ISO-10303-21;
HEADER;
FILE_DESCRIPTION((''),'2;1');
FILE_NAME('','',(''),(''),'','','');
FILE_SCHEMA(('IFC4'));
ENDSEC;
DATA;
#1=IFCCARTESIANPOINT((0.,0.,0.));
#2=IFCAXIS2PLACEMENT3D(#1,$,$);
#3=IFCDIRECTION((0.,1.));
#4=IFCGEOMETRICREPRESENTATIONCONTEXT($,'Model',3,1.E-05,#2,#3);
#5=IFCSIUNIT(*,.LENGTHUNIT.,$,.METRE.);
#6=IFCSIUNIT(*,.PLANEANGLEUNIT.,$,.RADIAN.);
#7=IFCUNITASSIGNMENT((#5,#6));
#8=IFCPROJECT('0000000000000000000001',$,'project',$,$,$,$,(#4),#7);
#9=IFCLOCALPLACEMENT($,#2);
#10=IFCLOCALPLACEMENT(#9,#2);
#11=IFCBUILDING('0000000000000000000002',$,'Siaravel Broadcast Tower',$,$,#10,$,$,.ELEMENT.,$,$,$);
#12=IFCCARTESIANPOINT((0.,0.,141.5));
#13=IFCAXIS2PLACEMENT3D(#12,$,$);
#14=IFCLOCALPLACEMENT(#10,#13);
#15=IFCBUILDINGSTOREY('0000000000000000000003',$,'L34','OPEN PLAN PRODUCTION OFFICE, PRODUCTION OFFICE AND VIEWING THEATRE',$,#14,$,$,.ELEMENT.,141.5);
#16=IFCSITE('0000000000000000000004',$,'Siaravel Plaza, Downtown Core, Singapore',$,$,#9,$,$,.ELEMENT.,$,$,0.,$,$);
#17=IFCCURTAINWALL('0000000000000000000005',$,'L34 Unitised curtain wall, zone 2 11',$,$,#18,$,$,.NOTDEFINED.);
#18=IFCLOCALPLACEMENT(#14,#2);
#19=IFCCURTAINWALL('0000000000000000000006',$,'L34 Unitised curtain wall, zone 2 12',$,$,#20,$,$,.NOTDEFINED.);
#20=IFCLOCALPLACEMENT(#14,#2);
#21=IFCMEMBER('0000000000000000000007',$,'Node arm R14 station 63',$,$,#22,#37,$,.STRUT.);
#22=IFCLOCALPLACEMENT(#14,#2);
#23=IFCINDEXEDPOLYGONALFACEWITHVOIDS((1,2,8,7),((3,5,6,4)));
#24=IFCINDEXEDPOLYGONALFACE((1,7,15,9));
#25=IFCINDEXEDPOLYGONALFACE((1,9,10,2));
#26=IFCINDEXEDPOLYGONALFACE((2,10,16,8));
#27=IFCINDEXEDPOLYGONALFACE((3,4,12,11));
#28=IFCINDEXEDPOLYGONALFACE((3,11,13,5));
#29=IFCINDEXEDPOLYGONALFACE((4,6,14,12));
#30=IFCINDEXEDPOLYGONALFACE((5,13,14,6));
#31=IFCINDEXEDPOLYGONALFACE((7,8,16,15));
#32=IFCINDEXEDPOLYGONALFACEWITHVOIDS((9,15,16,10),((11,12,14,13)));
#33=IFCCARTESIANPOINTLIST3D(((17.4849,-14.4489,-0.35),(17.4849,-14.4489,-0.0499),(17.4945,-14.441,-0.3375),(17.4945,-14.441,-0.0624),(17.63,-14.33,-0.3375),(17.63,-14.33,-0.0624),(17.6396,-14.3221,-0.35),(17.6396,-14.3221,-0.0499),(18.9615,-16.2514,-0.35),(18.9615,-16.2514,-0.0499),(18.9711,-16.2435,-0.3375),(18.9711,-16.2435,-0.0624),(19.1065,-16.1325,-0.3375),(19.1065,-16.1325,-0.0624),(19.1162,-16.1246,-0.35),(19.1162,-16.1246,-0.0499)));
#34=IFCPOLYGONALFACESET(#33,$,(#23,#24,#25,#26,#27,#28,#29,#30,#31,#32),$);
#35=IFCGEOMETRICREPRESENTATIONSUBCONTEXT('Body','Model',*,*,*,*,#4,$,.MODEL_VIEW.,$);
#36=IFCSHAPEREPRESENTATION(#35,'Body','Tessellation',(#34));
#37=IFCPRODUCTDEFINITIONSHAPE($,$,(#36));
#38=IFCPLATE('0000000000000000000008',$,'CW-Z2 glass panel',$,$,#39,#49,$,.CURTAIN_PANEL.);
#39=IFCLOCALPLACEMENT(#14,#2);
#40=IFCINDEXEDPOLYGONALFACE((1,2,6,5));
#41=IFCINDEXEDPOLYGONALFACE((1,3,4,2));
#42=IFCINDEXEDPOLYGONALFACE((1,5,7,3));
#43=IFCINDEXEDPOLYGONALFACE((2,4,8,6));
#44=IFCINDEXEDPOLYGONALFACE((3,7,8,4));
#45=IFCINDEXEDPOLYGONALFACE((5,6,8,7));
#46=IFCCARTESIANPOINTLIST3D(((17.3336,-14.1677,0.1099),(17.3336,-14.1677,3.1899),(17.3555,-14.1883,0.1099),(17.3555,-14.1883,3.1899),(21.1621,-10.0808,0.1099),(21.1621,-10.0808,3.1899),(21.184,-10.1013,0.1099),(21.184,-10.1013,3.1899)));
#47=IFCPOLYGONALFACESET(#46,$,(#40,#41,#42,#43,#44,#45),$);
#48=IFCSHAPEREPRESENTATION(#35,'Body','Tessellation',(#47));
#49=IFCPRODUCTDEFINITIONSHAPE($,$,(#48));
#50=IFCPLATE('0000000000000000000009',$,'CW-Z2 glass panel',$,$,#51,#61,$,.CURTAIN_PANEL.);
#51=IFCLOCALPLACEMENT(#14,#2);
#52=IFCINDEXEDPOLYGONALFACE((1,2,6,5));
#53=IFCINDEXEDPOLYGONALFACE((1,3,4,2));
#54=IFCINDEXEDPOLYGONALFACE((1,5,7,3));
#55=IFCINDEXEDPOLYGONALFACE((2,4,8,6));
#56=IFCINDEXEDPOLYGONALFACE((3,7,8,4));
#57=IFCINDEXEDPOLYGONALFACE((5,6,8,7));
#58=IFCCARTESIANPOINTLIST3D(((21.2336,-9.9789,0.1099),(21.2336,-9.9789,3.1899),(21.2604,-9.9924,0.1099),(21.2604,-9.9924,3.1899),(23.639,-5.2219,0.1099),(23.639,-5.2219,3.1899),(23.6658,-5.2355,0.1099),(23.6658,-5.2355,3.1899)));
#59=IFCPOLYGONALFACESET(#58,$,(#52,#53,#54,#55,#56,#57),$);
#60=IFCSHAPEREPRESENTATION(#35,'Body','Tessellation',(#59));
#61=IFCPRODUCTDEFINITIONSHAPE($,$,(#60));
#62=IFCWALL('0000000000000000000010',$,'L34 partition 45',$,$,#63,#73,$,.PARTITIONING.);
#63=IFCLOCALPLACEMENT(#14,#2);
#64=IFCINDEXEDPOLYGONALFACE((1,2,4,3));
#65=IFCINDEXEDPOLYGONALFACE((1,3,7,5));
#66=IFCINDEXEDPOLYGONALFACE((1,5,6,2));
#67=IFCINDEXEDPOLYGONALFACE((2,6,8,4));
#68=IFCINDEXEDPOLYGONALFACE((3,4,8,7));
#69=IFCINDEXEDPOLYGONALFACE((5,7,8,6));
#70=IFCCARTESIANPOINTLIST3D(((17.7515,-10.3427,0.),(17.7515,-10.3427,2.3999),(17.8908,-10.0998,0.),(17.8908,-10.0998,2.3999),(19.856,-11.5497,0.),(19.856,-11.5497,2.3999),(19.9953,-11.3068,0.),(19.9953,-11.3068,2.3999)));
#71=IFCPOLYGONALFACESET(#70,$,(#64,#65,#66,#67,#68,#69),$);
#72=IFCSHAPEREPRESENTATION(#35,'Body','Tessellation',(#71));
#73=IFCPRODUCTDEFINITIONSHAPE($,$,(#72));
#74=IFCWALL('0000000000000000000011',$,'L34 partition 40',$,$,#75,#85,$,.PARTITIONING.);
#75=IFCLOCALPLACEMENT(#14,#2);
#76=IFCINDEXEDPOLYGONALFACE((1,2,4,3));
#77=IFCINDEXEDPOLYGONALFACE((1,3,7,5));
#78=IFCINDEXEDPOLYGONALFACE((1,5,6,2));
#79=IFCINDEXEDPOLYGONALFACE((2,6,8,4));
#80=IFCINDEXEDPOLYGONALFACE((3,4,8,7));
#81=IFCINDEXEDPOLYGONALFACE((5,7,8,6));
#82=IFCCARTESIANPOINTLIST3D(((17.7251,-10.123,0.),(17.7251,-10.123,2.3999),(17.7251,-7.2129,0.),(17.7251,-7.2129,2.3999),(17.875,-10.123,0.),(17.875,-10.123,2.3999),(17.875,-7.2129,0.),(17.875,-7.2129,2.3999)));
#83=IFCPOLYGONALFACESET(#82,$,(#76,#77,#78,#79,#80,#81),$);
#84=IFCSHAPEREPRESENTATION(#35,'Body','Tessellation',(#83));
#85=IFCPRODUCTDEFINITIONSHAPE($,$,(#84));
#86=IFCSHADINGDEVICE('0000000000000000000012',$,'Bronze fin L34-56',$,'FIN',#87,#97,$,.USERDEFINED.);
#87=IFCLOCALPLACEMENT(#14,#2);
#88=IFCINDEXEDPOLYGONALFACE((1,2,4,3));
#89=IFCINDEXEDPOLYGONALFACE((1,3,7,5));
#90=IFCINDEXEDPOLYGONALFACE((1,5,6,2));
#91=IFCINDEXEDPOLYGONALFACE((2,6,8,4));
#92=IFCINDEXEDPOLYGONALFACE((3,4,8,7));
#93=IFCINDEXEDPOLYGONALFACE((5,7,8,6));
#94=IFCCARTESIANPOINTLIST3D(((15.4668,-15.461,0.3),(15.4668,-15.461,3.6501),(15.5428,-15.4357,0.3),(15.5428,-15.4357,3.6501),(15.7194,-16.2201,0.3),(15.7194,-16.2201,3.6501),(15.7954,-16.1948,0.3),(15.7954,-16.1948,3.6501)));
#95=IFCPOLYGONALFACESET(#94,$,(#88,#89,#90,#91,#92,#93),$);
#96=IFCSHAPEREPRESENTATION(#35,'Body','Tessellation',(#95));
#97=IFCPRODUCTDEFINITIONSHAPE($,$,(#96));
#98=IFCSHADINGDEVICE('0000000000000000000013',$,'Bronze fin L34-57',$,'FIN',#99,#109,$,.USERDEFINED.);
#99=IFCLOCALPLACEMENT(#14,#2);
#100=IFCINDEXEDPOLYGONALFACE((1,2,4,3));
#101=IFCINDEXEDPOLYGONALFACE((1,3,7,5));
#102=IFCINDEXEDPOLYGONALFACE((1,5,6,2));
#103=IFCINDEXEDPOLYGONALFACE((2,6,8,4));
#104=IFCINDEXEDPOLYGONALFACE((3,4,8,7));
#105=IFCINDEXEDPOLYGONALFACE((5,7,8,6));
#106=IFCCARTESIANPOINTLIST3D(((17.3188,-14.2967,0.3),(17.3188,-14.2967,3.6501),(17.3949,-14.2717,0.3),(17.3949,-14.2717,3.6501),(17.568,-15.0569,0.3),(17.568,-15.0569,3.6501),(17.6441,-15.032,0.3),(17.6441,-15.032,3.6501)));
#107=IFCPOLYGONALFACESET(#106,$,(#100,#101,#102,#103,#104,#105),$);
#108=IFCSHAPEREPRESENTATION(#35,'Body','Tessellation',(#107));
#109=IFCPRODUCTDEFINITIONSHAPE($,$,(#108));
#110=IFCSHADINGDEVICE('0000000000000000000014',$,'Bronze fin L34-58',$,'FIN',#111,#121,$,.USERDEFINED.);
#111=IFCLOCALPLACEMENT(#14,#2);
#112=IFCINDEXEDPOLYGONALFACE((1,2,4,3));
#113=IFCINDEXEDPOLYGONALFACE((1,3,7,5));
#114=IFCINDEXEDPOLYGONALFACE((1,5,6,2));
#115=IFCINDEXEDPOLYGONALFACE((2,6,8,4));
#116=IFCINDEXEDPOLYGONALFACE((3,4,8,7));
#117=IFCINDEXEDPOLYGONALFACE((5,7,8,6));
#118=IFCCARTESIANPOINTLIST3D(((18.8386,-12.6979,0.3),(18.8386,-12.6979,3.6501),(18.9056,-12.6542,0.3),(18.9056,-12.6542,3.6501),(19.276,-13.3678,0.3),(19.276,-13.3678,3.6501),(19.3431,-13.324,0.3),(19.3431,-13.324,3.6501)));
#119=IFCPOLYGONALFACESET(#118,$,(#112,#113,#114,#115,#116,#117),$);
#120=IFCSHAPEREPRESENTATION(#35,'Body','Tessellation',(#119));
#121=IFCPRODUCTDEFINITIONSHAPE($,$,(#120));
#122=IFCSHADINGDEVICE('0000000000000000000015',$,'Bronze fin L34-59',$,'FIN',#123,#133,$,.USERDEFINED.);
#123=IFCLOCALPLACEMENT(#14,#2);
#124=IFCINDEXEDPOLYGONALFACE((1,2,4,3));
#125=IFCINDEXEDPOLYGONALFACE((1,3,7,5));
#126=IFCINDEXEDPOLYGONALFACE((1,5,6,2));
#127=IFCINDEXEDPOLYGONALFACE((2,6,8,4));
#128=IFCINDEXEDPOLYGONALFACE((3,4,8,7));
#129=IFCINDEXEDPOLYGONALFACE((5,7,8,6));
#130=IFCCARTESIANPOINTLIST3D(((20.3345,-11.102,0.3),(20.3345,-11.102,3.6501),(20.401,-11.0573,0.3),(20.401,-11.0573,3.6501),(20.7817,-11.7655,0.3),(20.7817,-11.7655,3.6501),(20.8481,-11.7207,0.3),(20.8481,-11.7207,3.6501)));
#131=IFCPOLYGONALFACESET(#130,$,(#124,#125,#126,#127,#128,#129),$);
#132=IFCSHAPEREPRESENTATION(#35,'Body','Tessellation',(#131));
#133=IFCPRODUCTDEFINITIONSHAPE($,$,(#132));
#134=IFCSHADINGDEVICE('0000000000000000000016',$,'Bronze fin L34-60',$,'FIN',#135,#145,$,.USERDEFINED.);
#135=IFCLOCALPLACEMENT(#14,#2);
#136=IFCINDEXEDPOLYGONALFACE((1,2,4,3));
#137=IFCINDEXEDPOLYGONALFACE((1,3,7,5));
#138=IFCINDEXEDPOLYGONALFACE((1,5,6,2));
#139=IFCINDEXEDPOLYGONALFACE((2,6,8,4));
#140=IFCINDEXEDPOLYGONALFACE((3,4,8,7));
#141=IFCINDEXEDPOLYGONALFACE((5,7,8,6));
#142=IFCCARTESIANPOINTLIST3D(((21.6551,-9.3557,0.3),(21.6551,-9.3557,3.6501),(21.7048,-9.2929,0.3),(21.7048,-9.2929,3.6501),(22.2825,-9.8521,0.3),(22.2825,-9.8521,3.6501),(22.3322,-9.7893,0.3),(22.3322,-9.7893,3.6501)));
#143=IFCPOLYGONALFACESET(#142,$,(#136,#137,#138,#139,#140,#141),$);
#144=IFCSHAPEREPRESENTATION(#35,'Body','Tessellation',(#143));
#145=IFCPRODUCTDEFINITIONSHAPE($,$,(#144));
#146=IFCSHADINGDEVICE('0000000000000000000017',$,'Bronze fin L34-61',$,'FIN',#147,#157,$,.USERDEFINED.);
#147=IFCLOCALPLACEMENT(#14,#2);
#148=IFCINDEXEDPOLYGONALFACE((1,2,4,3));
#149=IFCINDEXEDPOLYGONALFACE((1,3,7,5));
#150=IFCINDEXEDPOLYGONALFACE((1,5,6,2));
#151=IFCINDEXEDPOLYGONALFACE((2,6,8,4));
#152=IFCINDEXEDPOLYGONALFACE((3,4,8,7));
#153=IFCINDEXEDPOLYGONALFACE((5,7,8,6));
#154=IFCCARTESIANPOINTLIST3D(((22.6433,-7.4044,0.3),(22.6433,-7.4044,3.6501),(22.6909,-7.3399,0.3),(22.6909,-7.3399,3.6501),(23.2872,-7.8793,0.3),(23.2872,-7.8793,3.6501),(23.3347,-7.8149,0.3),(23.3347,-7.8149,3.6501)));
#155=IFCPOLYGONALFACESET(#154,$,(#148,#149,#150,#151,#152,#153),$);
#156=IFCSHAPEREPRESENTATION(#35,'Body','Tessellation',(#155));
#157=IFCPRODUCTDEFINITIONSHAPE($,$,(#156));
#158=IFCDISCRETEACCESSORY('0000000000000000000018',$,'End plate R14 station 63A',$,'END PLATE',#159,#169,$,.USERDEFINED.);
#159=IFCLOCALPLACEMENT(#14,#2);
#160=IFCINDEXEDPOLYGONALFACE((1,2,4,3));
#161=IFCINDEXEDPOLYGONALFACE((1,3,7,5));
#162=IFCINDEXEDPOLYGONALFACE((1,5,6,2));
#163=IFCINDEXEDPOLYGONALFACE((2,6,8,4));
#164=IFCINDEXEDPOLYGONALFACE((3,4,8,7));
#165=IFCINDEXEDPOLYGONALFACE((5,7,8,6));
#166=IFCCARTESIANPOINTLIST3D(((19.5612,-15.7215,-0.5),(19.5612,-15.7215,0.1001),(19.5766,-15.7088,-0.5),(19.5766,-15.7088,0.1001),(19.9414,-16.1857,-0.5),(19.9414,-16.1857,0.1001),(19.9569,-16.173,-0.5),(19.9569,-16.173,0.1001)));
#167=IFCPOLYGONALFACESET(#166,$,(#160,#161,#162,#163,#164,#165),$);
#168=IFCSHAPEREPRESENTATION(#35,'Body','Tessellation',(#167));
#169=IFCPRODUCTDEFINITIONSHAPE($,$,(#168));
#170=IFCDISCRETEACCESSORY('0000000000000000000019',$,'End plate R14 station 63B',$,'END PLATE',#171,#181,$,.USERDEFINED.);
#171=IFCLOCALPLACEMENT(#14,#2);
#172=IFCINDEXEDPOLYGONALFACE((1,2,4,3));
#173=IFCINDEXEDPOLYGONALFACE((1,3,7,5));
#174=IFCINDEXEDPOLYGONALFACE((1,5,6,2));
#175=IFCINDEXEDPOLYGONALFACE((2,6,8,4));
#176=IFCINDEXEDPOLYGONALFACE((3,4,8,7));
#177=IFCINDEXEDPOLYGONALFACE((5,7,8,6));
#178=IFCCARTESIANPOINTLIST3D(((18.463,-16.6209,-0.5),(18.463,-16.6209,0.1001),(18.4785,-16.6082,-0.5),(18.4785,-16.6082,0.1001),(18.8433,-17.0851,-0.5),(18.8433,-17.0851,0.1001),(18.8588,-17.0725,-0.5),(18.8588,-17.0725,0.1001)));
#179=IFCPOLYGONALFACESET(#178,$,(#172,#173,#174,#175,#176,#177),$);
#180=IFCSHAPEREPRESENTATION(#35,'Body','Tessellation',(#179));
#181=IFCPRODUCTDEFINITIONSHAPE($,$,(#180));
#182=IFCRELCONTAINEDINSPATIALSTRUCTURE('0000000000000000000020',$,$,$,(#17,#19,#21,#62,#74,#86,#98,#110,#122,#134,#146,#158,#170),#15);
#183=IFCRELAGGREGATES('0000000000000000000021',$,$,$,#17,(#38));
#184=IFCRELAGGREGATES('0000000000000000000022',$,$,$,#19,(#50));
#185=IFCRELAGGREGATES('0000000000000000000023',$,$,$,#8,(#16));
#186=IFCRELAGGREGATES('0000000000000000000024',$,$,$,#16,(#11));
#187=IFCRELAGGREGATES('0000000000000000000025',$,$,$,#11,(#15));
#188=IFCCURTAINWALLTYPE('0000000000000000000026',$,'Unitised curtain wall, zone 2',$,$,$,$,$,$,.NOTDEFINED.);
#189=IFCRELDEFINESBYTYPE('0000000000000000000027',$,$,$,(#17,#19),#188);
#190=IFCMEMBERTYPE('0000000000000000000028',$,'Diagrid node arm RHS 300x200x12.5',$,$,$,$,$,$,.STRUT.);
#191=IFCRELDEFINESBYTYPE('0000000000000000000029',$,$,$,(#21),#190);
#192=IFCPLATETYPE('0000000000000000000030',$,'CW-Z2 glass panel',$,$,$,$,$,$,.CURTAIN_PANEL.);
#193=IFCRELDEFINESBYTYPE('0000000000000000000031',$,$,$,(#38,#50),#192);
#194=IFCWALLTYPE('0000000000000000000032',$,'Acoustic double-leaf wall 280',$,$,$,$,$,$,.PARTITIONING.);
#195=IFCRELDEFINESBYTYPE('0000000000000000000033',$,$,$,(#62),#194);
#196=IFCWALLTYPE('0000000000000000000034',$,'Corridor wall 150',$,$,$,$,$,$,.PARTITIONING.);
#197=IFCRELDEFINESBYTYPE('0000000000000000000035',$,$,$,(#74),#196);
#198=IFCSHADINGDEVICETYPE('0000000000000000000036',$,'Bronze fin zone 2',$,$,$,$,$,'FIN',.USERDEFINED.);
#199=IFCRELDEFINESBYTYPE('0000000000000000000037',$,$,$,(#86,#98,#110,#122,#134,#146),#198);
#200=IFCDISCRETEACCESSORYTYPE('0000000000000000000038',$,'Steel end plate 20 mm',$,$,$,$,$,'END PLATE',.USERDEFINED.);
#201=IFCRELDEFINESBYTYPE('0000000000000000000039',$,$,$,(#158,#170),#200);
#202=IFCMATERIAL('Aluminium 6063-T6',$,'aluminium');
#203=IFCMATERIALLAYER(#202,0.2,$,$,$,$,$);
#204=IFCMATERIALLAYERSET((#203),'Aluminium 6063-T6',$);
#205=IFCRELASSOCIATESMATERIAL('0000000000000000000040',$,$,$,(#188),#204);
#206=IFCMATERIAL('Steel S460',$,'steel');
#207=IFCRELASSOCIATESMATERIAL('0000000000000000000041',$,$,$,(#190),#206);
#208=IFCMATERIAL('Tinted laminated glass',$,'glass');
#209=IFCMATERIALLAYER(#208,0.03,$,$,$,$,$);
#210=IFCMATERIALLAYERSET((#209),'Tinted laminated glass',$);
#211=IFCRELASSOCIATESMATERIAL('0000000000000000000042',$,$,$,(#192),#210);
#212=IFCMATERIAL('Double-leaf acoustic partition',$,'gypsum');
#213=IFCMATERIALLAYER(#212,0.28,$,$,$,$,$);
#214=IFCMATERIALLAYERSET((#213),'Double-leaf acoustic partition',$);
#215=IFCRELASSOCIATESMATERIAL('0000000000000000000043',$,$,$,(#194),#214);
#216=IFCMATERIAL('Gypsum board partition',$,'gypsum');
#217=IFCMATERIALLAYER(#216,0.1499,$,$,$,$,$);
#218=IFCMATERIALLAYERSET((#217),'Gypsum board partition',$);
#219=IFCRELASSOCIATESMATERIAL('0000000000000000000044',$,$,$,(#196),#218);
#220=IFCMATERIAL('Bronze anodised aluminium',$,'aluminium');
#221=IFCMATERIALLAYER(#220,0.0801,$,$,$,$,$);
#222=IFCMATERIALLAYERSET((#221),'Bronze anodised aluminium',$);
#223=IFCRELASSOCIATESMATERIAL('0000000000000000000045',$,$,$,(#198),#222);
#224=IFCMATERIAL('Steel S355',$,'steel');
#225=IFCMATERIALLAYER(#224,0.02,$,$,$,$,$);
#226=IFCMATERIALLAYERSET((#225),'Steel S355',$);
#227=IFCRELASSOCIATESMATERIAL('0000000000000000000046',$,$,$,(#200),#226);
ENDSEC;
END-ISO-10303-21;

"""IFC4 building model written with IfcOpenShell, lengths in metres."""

from ifc_helpers import new_model, si_unit, direction, frame, frame_2d, origin, origin_2d, place, context, subcontext, project, spatial, rectangle, hollow_rectangle, extrude, material, layer, layer_set, material_profile, profile_set, type_object, element, aggregate, save


model = new_model("IFC4")

# Units and contexts
model_context = context("Model", 3, precision=1e-05, world=origin(), true_north=direction((0.0, 1.0)))
body_context = subcontext(model_context, "Body", "Model", "MODEL_VIEW")
ifc_project = project(units=[si_unit("LENGTHUNIT", "METRE"), si_unit("PLANEANGLEUNIT", "RADIAN")], contexts=[model_context])

# Site, building, storey
site_placement = place(None, origin())
site = spatial("IfcSite", under=ifc_project, at=site_placement, Name="Siaravel Plaza, Downtown Core, Singapore", CompositionType="ELEMENT", RefElevation=0.0)
building_placement = place(site_placement, origin())
building = spatial("IfcBuilding", under=site, at=building_placement, Name="Siaravel Broadcast Tower", CompositionType="ELEMENT")
storey_placement = place(building_placement, frame((0.0, 0.0, 141.5)))
storey = spatial("IfcBuildingStorey", under=building, at=storey_placement, Name="L34", Description="OPEN PLAN PRODUCTION OFFICE, PRODUCTION OFFICE AND VIEWING THEATRE", CompositionType="ELEMENT", Elevation=141.5)

# Shared definitions
ifc_material_1 = material(Name="Steel S355", Category="steel")

# Curtain wall
ifc_material_2 = material(Name="Aluminium 6063-T6", Category="aluminium")
ifc_layer_1 = layer(ifc_material_2, 0.2)
ifc_layer_set_1 = layer_set([ifc_layer_1], Name="Aluminium 6063-T6")
curtain_wall_type = type_object("IfcCurtainWallType", Name="Unitised curtain wall, zone 2", PredefinedType="NOTDEFINED", material=ifc_layer_set_1)
curtain_wall_1_placement = place(storey_placement, origin())
curtain_wall_1 = element("IfcCurtainWall", 1, at=curtain_wall_1_placement, inside=storey, type_object=curtain_wall_type, Name="L34 Unitised curtain wall, zone 2 11", PredefinedType="NOTDEFINED")

# Curtain wall
curtain_wall_2_placement = place(storey_placement, origin())
curtain_wall_2 = element("IfcCurtainWall", 2, at=curtain_wall_2_placement, inside=storey, type_object=curtain_wall_type, Name="L34 Unitised curtain wall, zone 2 12", PredefinedType="NOTDEFINED")

# Member
ifc_material_3 = material(Name="Steel S460", Category="steel")
ifc_material_profile_1 = material_profile(ifc_material_3, hollow_rectangle(XDim=0.2, YDim=0.3, WallThickness=0.0125, at=origin_2d()))
ifc_profile_set_1 = profile_set([ifc_material_profile_1], Name="Steel S460")
member_type_1 = type_object("IfcMemberType", Name="Diagrid node arm RHS 300x200x12.5", PredefinedType="STRUT", material=ifc_profile_set_1)
member_1_placement = place(storey_placement, frame((17.5623, -14.3855, -0.2), z_axis=(0.6337, -0.773579, 0.0), x_axis=(0.773579, 0.6337, 0.0)))
element("IfcMember", 3, at=member_1_placement, inside=storey, type_object=member_type_1, Name="Node arm R14 station 63", PredefinedType="STRUT", context=body_context, shape_type="SweptSolid", body=[
    extrude(hollow_rectangle(XDim=0.2, YDim=0.3, WallThickness=0.0125, at=origin_2d()), origin(), (0.0, 0.0, 1.0), 2.3301),
])

# Plates
ifc_material_4 = material(Name="Tinted laminated glass", Category="glass")
ifc_layer_2 = layer(ifc_material_4, 0.03)
ifc_layer_set_2 = layer_set([ifc_layer_2], Name="Tinted laminated glass")
plate_type = type_object("IfcPlateType", Name="CW-Z2 glass panel", PredefinedType="CURTAIN_PANEL", material=ifc_layer_set_2)
plate_1_placement = place(storey_placement, frame((19.2588, -12.1345, 0.1099), z_axis=(0.0, 0.0, 1.0), x_axis=(0.683655, 0.729806, 0.0)))
plate_1 = element("IfcPlate", 4, at=plate_1_placement, type_object=plate_type, Name="CW-Z2 glass panel", PredefinedType="CURTAIN_PANEL", context=body_context, shape_type="SweptSolid", body=[
    extrude(rectangle(XDim=5.6001, YDim=0.03, at=origin_2d()), origin(), (0.0, 0.0, 1.0), 3.0801),
])
aggregate(curtain_wall_1, [plate_1])
plate_2_placement = place(storey_placement, frame((22.4497, -7.6072, 0.1099), z_axis=(0.0, 0.0, 1.0), x_axis=(0.45126, 0.892392, 0.0)))
plate_2 = element("IfcPlate", 5, at=plate_2_placement, type_object=plate_type, Name="CW-Z2 glass panel", PredefinedType="CURTAIN_PANEL", context=body_context, shape_type="SweptSolid", body=[
    extrude(rectangle(XDim=5.3306, YDim=0.03, at=origin_2d()), origin(), (0.0, 0.0, 1.0), 3.0801),
])
aggregate(curtain_wall_2, [plate_2])

# Walls
ifc_material_5 = material(Name="Double-leaf acoustic partition", Category="gypsum")
ifc_layer_3 = layer(ifc_material_5, 0.28)
ifc_layer_set_3 = layer_set([ifc_layer_3], Name="Double-leaf acoustic partition")
wall_type_1 = type_object("IfcWallType", Name="Acoustic double-leaf wall 280", PredefinedType="PARTITIONING", material=ifc_layer_set_3)
wall_1_placement = place(storey_placement, frame((19.9255, -11.4282, 0.0), z_axis=(0.0, 0.0, 1.0), x_axis=(-0.867449, 0.497525, 0.0)))
element("IfcWall", 6, at=wall_1_placement, inside=storey, type_object=wall_type_1, Name="L34 partition 45", PredefinedType="PARTITIONING", context=body_context, shape_type="SweptSolid", body=[
    extrude(rectangle(XDim=2.426, YDim=0.28, at=frame_2d((1.2129, 0.0))), origin(), (0.0, 0.0, 1.0), 2.3999),
])
ifc_material_6 = material(Name="Gypsum board partition", Category="gypsum")
ifc_layer_4 = layer(ifc_material_6, 0.1499)
ifc_layer_set_4 = layer_set([ifc_layer_4], Name="Gypsum board partition")
wall_type_2 = type_object("IfcWallType", Name="Corridor wall 150", PredefinedType="PARTITIONING", material=ifc_layer_set_4)
wall_2_placement = place(storey_placement, frame((17.8, -10.123, 0.0), z_axis=(0.0, 0.0, 1.0), x_axis=(0.0, 1.0, 0.0)))
element("IfcWall", 7, at=wall_2_placement, inside=storey, type_object=wall_type_2, Name="L34 partition 40", PredefinedType="PARTITIONING", context=body_context, shape_type="SweptSolid", body=[
    extrude(rectangle(XDim=2.9102, YDim=0.1499, at=frame_2d((1.4551, 0.0))), origin(), (0.0, 0.0, 1.0), 2.3999),
])

# Shading devices
ifc_material_7 = material(Name="Bronze anodised aluminium", Category="aluminium")
ifc_layer_5 = layer(ifc_material_7, 0.0801)
ifc_layer_set_5 = layer_set([ifc_layer_5], Name="Bronze anodised aluminium")
shading_device_type = type_object("IfcShadingDeviceType", Name="Bronze fin zone 2", ElementType="FIN", PredefinedType="USERDEFINED", material=ifc_layer_set_5)
for number, where, z_axis, x_axis, name in (
    (8, (15.6311, -15.8279, 0.3), (0.0, 0.0, 1.0), (0.315821, -0.948819, 0.0), "Bronze fin L34-56"),
    (9, (17.4814, -14.6643, 0.3), (0.0, 0.0, 1.0), (0.311521, -0.950239, 0.0), "Bronze fin L34-57"),
    (10, (19.0908, -13.011, 0.3), (0.0, 0.0, 1.0), (0.546758, -0.837291, 0.0), "Bronze fin L34-58"),
    (11, (20.5913, -11.4114, 0.3), (0.0, 0.0, 1.0), (0.558869, -0.829256, 0.0), "Bronze fin L34-59"),
    (12, (21.9937, -9.5725, 0.3), (0.0, 0.0, 1.0), (0.784288, -0.620397, 0.0), "Bronze fin L34-60"),
    (13, (22.989, -7.6096, 0.3), (0.0, 0.0, 1.0), (0.80474, -0.593627, 0.0), "Bronze fin L34-61"),
):
    element("IfcShadingDevice", number, at=place(storey_placement, frame(where, z_axis=z_axis, x_axis=x_axis)), inside=storey, type_object=shading_device_type, Name=name, ObjectType="FIN", PredefinedType="USERDEFINED", context=body_context, shape_type="SweptSolid", body=[
        extrude(rectangle(XDim=0.8, YDim=0.0801, at=origin_2d()), origin(), (0.0, 0.0, 1.0), 3.3501),
    ])

# Discrete accessories
ifc_layer_6 = layer(ifc_material_1, 0.02)
ifc_layer_set_6 = layer_set([ifc_layer_6], Name="Steel S355")
discrete_accessory_type = type_object("IfcDiscreteAccessoryType", Name="Steel end plate 20 mm", ElementType="END PLATE", PredefinedType="USERDEFINED", material=ifc_layer_set_6)
for number, where, z_axis, x_axis, name in (
    (14, (19.759, -15.9473, -0.5), (0.0, 0.0, 1.0), (0.773602, 0.633671, 0.0), "End plate R14 station 63A"),
    (15, (18.6609, -16.8467, -0.5), (0.0, 0.0, 1.0), (0.773602, 0.633671, 0.0), "End plate R14 station 63B"),
):
    element("IfcDiscreteAccessory", number, at=place(storey_placement, frame(where, z_axis=z_axis, x_axis=x_axis)), inside=storey, type_object=discrete_accessory_type, Name=name, ObjectType="END PLATE", PredefinedType="USERDEFINED", context=body_context, shape_type="SweptSolid", body=[
        extrude(rectangle(XDim=0.02, YDim=0.6001, at=origin_2d()), origin(), (0.0, 0.0, 1.0), 0.6001),
    ])

save(model, "model.ifc")
